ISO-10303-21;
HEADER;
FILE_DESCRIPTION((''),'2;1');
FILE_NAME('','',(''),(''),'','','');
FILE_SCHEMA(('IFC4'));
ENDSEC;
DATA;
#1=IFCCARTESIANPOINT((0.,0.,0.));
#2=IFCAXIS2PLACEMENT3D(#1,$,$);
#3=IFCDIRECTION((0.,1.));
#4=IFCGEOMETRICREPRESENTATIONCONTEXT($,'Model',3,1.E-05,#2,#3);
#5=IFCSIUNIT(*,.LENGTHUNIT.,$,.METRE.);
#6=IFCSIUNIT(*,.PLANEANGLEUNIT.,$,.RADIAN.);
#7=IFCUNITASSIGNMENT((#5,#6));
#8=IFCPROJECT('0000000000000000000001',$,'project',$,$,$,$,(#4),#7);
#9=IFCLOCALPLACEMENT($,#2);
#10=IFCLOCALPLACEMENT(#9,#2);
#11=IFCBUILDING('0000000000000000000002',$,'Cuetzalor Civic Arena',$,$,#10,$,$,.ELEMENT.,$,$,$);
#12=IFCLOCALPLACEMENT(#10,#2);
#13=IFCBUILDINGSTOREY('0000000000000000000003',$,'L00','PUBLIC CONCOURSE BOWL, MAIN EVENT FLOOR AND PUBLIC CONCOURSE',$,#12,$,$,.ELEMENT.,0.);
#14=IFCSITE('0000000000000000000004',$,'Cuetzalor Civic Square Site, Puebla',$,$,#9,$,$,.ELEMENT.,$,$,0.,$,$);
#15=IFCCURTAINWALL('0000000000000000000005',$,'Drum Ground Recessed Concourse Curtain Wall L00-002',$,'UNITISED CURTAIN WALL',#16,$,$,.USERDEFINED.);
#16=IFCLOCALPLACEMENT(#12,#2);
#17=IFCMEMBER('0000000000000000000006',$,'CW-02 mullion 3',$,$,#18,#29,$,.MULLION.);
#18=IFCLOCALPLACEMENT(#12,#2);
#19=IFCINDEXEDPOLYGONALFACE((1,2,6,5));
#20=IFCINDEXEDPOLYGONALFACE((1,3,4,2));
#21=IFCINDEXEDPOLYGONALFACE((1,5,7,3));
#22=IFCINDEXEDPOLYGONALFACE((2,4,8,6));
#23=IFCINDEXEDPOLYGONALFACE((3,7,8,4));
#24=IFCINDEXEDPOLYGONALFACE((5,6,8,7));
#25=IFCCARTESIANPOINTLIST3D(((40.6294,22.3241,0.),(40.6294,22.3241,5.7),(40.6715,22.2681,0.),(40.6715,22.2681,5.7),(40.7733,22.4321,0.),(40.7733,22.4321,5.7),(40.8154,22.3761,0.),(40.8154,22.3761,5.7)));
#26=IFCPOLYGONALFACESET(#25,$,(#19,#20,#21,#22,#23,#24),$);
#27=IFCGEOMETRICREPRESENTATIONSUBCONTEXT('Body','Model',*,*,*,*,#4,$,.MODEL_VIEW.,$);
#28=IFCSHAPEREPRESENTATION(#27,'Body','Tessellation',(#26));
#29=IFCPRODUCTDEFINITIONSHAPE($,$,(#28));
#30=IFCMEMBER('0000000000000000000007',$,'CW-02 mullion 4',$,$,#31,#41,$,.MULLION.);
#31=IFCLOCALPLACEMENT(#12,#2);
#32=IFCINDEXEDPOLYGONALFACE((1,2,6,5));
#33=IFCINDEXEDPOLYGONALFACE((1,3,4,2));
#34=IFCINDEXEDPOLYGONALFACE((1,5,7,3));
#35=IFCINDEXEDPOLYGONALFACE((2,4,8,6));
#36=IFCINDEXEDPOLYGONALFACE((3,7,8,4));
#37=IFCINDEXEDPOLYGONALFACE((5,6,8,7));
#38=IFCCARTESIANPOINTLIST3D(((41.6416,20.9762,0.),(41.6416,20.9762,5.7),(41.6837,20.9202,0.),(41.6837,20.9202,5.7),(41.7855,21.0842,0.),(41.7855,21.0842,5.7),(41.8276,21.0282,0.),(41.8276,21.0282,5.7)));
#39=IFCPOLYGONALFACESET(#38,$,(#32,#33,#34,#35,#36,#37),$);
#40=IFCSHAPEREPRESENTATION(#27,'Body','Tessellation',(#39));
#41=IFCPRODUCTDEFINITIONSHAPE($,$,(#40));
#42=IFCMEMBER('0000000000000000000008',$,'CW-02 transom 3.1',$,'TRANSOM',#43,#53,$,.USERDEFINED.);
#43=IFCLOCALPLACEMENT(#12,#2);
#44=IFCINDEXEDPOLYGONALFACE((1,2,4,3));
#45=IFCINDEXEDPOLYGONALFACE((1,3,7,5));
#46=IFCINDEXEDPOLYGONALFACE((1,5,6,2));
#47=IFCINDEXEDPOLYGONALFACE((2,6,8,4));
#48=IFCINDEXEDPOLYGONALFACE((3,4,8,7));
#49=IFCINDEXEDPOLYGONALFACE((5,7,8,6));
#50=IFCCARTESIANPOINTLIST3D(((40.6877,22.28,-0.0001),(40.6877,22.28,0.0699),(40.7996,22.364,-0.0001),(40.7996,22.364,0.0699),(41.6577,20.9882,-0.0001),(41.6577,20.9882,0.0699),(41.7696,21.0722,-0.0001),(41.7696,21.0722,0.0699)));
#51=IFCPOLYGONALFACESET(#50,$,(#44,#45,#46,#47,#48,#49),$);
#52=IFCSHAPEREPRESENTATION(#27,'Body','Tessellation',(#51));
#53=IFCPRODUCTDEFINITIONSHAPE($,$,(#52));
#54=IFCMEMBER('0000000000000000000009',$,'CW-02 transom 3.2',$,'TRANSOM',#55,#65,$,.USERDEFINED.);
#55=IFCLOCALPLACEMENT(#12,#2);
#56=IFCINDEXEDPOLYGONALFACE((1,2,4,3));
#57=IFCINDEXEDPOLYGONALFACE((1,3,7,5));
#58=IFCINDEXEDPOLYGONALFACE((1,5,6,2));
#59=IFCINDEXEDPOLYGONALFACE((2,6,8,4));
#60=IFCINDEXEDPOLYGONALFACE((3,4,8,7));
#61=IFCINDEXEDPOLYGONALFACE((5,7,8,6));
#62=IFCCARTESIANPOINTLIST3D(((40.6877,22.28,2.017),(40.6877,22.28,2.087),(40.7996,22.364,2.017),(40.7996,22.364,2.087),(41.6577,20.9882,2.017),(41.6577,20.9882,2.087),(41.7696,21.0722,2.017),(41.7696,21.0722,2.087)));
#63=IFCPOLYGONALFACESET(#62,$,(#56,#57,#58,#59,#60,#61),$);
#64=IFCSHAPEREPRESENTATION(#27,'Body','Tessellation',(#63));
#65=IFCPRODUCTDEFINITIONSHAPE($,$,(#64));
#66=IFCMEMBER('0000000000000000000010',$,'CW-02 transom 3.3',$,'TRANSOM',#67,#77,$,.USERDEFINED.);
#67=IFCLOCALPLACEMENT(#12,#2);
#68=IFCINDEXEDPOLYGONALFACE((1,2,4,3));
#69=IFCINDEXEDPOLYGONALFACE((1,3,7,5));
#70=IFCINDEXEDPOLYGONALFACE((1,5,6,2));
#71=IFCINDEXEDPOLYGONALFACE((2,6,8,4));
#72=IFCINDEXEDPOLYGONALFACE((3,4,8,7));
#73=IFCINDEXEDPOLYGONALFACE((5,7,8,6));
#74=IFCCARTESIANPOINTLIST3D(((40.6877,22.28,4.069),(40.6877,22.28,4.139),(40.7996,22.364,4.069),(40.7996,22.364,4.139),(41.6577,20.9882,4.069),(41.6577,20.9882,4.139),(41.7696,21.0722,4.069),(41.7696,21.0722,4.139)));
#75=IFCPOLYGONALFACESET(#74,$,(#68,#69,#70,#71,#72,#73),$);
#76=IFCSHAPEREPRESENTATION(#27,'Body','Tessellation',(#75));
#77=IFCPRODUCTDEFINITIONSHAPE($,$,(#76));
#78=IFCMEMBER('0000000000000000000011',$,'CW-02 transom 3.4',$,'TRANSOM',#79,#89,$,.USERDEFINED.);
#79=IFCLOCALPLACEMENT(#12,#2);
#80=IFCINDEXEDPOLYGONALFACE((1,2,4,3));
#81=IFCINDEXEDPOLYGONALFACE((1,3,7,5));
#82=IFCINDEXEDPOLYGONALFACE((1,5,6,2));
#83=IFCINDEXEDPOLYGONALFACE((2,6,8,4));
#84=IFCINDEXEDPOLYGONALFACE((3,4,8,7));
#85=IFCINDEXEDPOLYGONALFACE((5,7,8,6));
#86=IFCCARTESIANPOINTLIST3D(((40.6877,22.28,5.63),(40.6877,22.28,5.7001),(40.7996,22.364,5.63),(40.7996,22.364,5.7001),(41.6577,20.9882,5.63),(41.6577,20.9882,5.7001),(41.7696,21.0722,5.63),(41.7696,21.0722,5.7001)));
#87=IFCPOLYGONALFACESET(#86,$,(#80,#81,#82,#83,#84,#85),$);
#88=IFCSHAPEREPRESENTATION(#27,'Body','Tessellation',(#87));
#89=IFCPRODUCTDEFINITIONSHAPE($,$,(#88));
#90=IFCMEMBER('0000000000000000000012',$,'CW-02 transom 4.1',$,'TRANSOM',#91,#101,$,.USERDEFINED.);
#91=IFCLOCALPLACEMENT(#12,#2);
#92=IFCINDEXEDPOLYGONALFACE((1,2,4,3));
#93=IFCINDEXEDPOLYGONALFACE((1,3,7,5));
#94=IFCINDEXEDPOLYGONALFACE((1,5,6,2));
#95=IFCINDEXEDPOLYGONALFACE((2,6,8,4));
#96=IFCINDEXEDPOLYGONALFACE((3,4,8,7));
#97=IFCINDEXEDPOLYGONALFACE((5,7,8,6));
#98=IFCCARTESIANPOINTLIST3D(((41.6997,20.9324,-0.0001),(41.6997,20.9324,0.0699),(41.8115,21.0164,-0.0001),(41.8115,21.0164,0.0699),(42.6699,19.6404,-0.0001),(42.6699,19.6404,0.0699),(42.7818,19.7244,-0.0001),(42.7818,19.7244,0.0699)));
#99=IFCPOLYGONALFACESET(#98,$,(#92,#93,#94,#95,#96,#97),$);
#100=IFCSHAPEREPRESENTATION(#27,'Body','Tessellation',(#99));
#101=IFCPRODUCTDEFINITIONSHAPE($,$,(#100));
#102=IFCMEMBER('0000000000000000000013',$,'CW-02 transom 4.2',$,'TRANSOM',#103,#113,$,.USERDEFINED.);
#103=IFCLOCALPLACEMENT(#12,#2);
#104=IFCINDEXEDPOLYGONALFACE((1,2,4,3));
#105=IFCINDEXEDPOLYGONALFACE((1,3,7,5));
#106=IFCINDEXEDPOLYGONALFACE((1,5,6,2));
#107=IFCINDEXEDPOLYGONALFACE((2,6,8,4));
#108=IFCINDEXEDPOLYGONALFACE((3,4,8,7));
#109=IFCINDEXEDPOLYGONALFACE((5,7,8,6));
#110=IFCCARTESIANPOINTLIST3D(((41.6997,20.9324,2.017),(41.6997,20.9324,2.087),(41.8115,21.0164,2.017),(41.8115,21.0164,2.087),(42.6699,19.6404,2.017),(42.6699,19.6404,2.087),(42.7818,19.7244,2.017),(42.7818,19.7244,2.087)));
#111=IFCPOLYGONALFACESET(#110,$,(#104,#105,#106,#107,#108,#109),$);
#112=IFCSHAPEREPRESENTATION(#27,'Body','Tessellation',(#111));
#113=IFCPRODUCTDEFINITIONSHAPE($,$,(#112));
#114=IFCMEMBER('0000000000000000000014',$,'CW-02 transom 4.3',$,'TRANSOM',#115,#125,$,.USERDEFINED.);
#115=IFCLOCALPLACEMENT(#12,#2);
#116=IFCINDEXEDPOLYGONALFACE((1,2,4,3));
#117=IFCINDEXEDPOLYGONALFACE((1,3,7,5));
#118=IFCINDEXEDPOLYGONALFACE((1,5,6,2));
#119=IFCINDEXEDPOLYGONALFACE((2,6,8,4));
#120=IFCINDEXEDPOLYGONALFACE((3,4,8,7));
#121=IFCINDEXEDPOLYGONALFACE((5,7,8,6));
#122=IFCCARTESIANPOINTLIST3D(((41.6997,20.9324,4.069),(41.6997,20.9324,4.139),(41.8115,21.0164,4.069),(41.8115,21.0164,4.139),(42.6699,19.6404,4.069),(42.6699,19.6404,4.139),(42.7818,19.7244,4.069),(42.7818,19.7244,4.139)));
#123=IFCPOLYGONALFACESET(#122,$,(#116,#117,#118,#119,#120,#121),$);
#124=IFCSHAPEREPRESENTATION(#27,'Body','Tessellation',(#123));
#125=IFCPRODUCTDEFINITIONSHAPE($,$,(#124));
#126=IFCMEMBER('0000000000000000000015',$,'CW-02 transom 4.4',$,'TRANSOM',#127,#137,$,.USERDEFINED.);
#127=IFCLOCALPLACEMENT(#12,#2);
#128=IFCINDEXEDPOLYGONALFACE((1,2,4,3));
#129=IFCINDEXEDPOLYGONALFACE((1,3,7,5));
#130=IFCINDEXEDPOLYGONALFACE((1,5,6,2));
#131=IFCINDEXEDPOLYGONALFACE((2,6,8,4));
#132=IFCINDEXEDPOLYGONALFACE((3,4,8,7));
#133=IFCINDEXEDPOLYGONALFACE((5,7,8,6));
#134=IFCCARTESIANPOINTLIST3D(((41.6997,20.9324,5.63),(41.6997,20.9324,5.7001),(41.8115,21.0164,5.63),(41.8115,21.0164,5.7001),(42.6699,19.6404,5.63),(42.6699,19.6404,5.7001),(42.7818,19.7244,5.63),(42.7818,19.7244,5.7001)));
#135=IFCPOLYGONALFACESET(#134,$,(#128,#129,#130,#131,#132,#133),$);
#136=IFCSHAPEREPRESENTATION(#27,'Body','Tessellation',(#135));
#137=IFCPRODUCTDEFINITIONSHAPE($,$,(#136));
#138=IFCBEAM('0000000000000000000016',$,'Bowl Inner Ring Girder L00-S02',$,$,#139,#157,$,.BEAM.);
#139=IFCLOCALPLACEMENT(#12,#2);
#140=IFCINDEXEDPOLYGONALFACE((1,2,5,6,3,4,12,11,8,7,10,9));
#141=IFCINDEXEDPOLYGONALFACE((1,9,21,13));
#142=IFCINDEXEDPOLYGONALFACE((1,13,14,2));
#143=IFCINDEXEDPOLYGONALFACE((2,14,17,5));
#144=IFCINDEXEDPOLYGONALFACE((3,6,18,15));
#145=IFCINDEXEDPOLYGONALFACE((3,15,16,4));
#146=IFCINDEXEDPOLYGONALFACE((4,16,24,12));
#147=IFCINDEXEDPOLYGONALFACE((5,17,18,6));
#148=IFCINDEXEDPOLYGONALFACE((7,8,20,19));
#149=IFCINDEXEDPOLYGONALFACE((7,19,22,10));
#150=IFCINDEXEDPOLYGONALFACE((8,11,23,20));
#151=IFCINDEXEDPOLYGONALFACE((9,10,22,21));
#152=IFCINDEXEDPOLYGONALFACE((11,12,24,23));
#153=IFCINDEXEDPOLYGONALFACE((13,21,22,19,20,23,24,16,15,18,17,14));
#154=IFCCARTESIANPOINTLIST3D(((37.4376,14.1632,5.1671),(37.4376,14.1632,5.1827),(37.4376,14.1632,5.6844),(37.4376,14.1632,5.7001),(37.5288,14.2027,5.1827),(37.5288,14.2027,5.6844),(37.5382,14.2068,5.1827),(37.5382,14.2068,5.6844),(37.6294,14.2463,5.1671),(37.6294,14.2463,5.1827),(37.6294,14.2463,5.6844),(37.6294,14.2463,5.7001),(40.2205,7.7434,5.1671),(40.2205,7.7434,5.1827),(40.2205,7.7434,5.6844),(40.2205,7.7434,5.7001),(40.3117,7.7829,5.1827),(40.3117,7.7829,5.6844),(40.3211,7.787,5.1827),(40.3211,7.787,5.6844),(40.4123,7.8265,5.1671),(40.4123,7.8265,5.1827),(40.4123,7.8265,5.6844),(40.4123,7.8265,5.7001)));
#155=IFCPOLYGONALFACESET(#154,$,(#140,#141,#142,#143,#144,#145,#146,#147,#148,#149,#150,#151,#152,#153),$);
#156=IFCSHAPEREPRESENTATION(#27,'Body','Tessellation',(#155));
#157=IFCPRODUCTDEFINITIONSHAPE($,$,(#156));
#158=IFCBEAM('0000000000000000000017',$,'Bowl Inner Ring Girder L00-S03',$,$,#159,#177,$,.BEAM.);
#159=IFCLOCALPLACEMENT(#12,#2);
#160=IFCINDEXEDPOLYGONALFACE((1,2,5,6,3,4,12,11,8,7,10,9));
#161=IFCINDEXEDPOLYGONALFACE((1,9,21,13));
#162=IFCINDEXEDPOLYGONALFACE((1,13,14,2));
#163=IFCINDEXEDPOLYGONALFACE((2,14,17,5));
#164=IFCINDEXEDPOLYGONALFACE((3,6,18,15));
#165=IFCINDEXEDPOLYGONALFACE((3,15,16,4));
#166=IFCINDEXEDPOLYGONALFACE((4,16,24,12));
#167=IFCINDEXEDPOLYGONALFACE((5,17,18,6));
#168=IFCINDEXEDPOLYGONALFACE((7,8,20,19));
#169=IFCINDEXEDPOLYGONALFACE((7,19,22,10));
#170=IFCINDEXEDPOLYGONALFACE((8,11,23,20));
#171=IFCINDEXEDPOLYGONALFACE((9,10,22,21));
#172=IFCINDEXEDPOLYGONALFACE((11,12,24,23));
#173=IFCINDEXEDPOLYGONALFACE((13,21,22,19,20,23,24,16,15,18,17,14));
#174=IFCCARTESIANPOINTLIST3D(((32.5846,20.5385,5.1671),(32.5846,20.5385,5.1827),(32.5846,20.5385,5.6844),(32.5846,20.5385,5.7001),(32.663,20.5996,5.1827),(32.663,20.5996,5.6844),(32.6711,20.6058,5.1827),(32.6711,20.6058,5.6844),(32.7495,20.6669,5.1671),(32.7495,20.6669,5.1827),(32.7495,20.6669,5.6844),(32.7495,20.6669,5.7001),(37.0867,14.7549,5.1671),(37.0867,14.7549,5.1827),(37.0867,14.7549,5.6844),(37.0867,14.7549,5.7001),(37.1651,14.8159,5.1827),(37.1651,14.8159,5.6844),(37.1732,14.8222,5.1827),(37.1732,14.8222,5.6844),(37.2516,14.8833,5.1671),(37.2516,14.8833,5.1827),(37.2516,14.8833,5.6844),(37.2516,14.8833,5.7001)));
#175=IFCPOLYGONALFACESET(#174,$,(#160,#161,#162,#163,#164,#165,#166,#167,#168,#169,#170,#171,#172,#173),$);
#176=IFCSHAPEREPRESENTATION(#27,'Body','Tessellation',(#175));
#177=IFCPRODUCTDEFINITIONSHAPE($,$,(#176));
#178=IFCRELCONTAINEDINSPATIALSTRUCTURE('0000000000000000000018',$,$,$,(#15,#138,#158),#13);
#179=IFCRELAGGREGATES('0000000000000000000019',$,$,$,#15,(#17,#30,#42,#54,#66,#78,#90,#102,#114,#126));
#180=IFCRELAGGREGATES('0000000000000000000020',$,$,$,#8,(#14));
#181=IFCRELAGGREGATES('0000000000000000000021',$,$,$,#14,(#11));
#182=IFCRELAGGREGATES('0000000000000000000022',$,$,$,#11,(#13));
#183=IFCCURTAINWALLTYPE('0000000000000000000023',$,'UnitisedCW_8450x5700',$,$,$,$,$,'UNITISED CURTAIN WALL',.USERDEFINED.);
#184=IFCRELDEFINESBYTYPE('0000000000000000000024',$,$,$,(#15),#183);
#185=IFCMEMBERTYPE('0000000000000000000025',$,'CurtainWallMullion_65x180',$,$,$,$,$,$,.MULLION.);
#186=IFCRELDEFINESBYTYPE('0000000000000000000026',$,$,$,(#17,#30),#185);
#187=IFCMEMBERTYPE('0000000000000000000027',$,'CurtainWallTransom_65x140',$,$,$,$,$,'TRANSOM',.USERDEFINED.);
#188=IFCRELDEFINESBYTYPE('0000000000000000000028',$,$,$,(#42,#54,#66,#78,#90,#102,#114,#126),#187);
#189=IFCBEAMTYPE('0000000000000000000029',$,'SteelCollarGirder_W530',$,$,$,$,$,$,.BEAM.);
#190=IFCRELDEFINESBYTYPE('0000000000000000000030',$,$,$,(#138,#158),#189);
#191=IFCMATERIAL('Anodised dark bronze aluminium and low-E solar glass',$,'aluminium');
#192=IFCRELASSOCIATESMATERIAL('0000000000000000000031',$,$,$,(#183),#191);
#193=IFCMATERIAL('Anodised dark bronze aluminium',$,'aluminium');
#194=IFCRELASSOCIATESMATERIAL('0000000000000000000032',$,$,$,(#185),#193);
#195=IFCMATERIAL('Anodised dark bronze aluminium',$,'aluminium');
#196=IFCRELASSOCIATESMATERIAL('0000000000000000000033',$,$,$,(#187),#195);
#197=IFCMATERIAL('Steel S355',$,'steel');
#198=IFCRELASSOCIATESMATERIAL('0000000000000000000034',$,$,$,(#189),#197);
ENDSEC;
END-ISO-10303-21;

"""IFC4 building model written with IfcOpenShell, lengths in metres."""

from ifc_helpers import new_model, si_unit, direction, frame, origin, origin_2d, place, context, subcontext, project, spatial, rectangle, i_section, extrude, material, material_profile, profile_set, type_object, element, aggregate, save


model = new_model("IFC4")

# Units and contexts
model_context = context("Model", 3, precision=1e-05, world=origin(), true_north=direction((0.0, 1.0)))
body_context = subcontext(model_context, "Body", "Model", "MODEL_VIEW")
ifc_project = project(units=[si_unit("LENGTHUNIT", "METRE"), si_unit("PLANEANGLEUNIT", "RADIAN")], contexts=[model_context])

# Site, building, storey
site_placement = place(None, origin())
site = spatial("IfcSite", under=ifc_project, at=site_placement, Name="Cuetzalor Civic Square Site, Puebla", CompositionType="ELEMENT", RefElevation=0.0)
building_placement = place(site_placement, origin())
building = spatial("IfcBuilding", under=site, at=building_placement, Name="Cuetzalor Civic Arena", CompositionType="ELEMENT")
storey_placement = place(building_placement, origin())
storey = spatial("IfcBuildingStorey", under=building, at=storey_placement, Name="L00", Description="PUBLIC CONCOURSE BOWL, MAIN EVENT FLOOR AND PUBLIC CONCOURSE", CompositionType="ELEMENT", Elevation=0.0)

# Curtain wall, members
ifc_material_1 = material(Name="Anodised dark bronze aluminium and low-E solar glass", Category="aluminium")
curtain_wall_type = type_object("IfcCurtainWallType", Name="UnitisedCW_8450x5700", ElementType="UNITISED CURTAIN WALL", PredefinedType="USERDEFINED", material=ifc_material_1)
curtain_wall_placement = place(storey_placement, origin())
curtain_wall = element("IfcCurtainWall", 1, at=curtain_wall_placement, inside=storey, type_object=curtain_wall_type, Name="Drum Ground Recessed Concourse Curtain Wall L00-002", ObjectType="UNITISED CURTAIN WALL", PredefinedType="USERDEFINED")
ifc_material_2 = material(Name="Anodised dark bronze aluminium", Category="aluminium")
ifc_material_profile_1 = material_profile(ifc_material_2, rectangle(XDim=0.0701, YDim=0.1799, at=origin_2d()), Name="ALU MULLION 70x180")
ifc_profile_set_1 = profile_set([ifc_material_profile_1], Name="Anodised dark bronze aluminium")
member_type_1 = type_object("IfcMemberType", Name="CurtainWallMullion_65x180", PredefinedType="MULLION", material=ifc_profile_set_1)
member_1_placement = place(storey_placement, frame((40.7224, 22.3501, 0.0), z_axis=(0.0, 0.0, 1.0), x_axis=(0.600492, -0.799631, 0.0)))
member_1 = element("IfcMember", 2, at=member_1_placement, type_object=member_type_1, Name="CW-02 mullion 3", PredefinedType="MULLION", context=body_context, shape_type="SweptSolid", body=[
    extrude(rectangle(XDim=0.0701, YDim=0.1799, at=origin_2d()), origin(), (0.0, 0.0, 1.0), 5.7),
])
member_2_placement = place(storey_placement, frame((41.7346, 21.0022, 0.0), z_axis=(0.0, 0.0, 1.0), x_axis=(0.600492, -0.799631, 0.0)))
member_2 = element("IfcMember", 3, at=member_2_placement, type_object=member_type_1, Name="CW-02 mullion 4", PredefinedType="MULLION", context=body_context, shape_type="SweptSolid", body=[
    extrude(rectangle(XDim=0.0701, YDim=0.1799, at=origin_2d()), origin(), (0.0, 0.0, 1.0), 5.7),
])
ifc_material_3 = material(Name="Anodised dark bronze aluminium", Category="aluminium")
ifc_material_profile_2 = material_profile(ifc_material_3, rectangle(XDim=0.1399, YDim=0.0701, at=origin_2d()), Name="ALU TRANSOM 70x140")
ifc_profile_set_2 = profile_set([ifc_material_profile_2], Name="Anodised dark bronze aluminium")
member_type_2 = type_object("IfcMemberType", Name="CurtainWallTransom_65x140", ElementType="TRANSOM", PredefinedType="USERDEFINED", material=ifc_profile_set_2)
member_3_placement = place(storey_placement, frame((40.7437, 22.322, 0.0349), z_axis=(0.600459, -0.799655, 0.0), x_axis=(0.799655, 0.600459, 0.0)))
member_3 = element("IfcMember", 4, at=member_3_placement, type_object=member_type_2, Name="CW-02 transom 3.1", ObjectType="TRANSOM", PredefinedType="USERDEFINED", context=body_context, shape_type="SweptSolid", body=[
    extrude(rectangle(XDim=0.1399, YDim=0.0701, at=origin_2d()), origin(), (0.0, 0.0, 1.0), 1.6155),
])
member_4_placement = place(storey_placement, frame((40.7437, 22.322, 2.052), z_axis=(0.600459, -0.799655, 0.0), x_axis=(0.799655, 0.600459, 0.0)))
member_4 = element("IfcMember", 5, at=member_4_placement, type_object=member_type_2, Name="CW-02 transom 3.2", ObjectType="TRANSOM", PredefinedType="USERDEFINED", context=body_context, shape_type="SweptSolid", body=[
    extrude(rectangle(XDim=0.1399, YDim=0.0701, at=origin_2d()), origin(), (0.0, 0.0, 1.0), 1.6155),
])
member_5_placement = place(storey_placement, frame((40.7437, 22.322, 4.104), z_axis=(0.600459, -0.799655, 0.0), x_axis=(0.799655, 0.600459, 0.0)))
member_5 = element("IfcMember", 6, at=member_5_placement, type_object=member_type_2, Name="CW-02 transom 3.3", ObjectType="TRANSOM", PredefinedType="USERDEFINED", context=body_context, shape_type="SweptSolid", body=[
    extrude(rectangle(XDim=0.1399, YDim=0.0701, at=origin_2d()), origin(), (0.0, 0.0, 1.0), 1.6155),
])
member_6_placement = place(storey_placement, frame((40.7437, 22.322, 5.665), z_axis=(0.600459, -0.799655, 0.0), x_axis=(0.799655, 0.600459, 0.0)))
member_6 = element("IfcMember", 7, at=member_6_placement, type_object=member_type_2, Name="CW-02 transom 3.4", ObjectType="TRANSOM", PredefinedType="USERDEFINED", context=body_context, shape_type="SweptSolid", body=[
    extrude(rectangle(XDim=0.1399, YDim=0.0701, at=origin_2d()), origin(), (0.0, 0.0, 1.0), 1.6155),
])
member_7_placement = place(storey_placement, frame((41.7556, 20.9744, 0.0349), z_axis=(0.600483, -0.799637, 0.0), x_axis=(0.799637, 0.600483, 0.0)))
member_7 = element("IfcMember", 8, at=member_7_placement, type_object=member_type_2, Name="CW-02 transom 4.1", ObjectType="TRANSOM", PredefinedType="USERDEFINED", context=body_context, shape_type="SweptSolid", body=[
    extrude(rectangle(XDim=0.1399, YDim=0.0701, at=origin_2d()), origin(), (0.0, 0.0, 1.0), 1.6157),
])
member_8_placement = place(storey_placement, frame((41.7556, 20.9744, 2.052), z_axis=(0.600483, -0.799637, 0.0), x_axis=(0.799637, 0.600483, 0.0)))
member_8 = element("IfcMember", 9, at=member_8_placement, type_object=member_type_2, Name="CW-02 transom 4.2", ObjectType="TRANSOM", PredefinedType="USERDEFINED", context=body_context, shape_type="SweptSolid", body=[
    extrude(rectangle(XDim=0.1399, YDim=0.0701, at=origin_2d()), origin(), (0.0, 0.0, 1.0), 1.6157),
])
member_9_placement = place(storey_placement, frame((41.7556, 20.9744, 4.104), z_axis=(0.600483, -0.799637, 0.0), x_axis=(0.799637, 0.600483, 0.0)))
member_9 = element("IfcMember", 10, at=member_9_placement, type_object=member_type_2, Name="CW-02 transom 4.3", ObjectType="TRANSOM", PredefinedType="USERDEFINED", context=body_context, shape_type="SweptSolid", body=[
    extrude(rectangle(XDim=0.1399, YDim=0.0701, at=origin_2d()), origin(), (0.0, 0.0, 1.0), 1.6157),
])
member_10_placement = place(storey_placement, frame((41.7556, 20.9744, 5.665), z_axis=(0.600483, -0.799637, 0.0), x_axis=(0.799637, 0.600483, 0.0)))
member_10 = element("IfcMember", 11, at=member_10_placement, type_object=member_type_2, Name="CW-02 transom 4.4", ObjectType="TRANSOM", PredefinedType="USERDEFINED", context=body_context, shape_type="SweptSolid", body=[
    extrude(rectangle(XDim=0.1399, YDim=0.0701, at=origin_2d()), origin(), (0.0, 0.0, 1.0), 1.6157),
])

# Beams
ifc_material_4 = material(Name="Steel S355", Category="steel")
ifc_material_profile_3 = material_profile(ifc_material_4, i_section(OverallWidth=0.209, OverallDepth=0.533, WebThickness=0.0103, FlangeThickness=0.0156, at=origin_2d()), Name="W530x92")
ifc_profile_set_3 = profile_set([ifc_material_profile_3], Name="Steel S355")
beam_type_1 = type_object("IfcBeamType", Name="SteelCollarGirder_W530", PredefinedType="BEAM", material=ifc_profile_set_3)
beam_1_placement = place(storey_placement, frame((40.3164, 7.7849, 5.4336), z_axis=(-0.397727, 0.917504, 0.0), x_axis=(-0.917504, -0.397727, 0.0)))
element("IfcBeam", 12, at=beam_1_placement, inside=storey, type_object=beam_type_1, Name="Bowl Inner Ring Girder L00-S02", PredefinedType="BEAM", context=body_context, shape_type="SweptSolid", body=[
    extrude(i_section(OverallWidth=0.209, OverallDepth=0.533, WebThickness=0.0103, FlangeThickness=0.0156, at=origin_2d()), origin(), (0.0, 0.0, 1.0), 6.9971),
])
beam_2_placement = place(storey_placement, frame((37.1692, 14.8191, 5.4336), z_axis=(-0.614261, 0.789103, 0.0), x_axis=(-0.789103, -0.614261, 0.0)))
element("IfcBeam", 13, at=beam_2_placement, inside=storey, type_object=beam_type_1, Name="Bowl Inner Ring Girder L00-S03", PredefinedType="BEAM", context=body_context, shape_type="SweptSolid", body=[
    extrude(i_section(OverallWidth=0.209, OverallDepth=0.533, WebThickness=0.0103, FlangeThickness=0.0156, at=origin_2d()), origin(), (0.0, 0.0, 1.0), 7.3293),
])

aggregate(curtain_wall, [member_1, member_2, member_3, member_4, member_5, member_6, member_7, member_8, member_9, member_10])

save(model, "model.ifc")
